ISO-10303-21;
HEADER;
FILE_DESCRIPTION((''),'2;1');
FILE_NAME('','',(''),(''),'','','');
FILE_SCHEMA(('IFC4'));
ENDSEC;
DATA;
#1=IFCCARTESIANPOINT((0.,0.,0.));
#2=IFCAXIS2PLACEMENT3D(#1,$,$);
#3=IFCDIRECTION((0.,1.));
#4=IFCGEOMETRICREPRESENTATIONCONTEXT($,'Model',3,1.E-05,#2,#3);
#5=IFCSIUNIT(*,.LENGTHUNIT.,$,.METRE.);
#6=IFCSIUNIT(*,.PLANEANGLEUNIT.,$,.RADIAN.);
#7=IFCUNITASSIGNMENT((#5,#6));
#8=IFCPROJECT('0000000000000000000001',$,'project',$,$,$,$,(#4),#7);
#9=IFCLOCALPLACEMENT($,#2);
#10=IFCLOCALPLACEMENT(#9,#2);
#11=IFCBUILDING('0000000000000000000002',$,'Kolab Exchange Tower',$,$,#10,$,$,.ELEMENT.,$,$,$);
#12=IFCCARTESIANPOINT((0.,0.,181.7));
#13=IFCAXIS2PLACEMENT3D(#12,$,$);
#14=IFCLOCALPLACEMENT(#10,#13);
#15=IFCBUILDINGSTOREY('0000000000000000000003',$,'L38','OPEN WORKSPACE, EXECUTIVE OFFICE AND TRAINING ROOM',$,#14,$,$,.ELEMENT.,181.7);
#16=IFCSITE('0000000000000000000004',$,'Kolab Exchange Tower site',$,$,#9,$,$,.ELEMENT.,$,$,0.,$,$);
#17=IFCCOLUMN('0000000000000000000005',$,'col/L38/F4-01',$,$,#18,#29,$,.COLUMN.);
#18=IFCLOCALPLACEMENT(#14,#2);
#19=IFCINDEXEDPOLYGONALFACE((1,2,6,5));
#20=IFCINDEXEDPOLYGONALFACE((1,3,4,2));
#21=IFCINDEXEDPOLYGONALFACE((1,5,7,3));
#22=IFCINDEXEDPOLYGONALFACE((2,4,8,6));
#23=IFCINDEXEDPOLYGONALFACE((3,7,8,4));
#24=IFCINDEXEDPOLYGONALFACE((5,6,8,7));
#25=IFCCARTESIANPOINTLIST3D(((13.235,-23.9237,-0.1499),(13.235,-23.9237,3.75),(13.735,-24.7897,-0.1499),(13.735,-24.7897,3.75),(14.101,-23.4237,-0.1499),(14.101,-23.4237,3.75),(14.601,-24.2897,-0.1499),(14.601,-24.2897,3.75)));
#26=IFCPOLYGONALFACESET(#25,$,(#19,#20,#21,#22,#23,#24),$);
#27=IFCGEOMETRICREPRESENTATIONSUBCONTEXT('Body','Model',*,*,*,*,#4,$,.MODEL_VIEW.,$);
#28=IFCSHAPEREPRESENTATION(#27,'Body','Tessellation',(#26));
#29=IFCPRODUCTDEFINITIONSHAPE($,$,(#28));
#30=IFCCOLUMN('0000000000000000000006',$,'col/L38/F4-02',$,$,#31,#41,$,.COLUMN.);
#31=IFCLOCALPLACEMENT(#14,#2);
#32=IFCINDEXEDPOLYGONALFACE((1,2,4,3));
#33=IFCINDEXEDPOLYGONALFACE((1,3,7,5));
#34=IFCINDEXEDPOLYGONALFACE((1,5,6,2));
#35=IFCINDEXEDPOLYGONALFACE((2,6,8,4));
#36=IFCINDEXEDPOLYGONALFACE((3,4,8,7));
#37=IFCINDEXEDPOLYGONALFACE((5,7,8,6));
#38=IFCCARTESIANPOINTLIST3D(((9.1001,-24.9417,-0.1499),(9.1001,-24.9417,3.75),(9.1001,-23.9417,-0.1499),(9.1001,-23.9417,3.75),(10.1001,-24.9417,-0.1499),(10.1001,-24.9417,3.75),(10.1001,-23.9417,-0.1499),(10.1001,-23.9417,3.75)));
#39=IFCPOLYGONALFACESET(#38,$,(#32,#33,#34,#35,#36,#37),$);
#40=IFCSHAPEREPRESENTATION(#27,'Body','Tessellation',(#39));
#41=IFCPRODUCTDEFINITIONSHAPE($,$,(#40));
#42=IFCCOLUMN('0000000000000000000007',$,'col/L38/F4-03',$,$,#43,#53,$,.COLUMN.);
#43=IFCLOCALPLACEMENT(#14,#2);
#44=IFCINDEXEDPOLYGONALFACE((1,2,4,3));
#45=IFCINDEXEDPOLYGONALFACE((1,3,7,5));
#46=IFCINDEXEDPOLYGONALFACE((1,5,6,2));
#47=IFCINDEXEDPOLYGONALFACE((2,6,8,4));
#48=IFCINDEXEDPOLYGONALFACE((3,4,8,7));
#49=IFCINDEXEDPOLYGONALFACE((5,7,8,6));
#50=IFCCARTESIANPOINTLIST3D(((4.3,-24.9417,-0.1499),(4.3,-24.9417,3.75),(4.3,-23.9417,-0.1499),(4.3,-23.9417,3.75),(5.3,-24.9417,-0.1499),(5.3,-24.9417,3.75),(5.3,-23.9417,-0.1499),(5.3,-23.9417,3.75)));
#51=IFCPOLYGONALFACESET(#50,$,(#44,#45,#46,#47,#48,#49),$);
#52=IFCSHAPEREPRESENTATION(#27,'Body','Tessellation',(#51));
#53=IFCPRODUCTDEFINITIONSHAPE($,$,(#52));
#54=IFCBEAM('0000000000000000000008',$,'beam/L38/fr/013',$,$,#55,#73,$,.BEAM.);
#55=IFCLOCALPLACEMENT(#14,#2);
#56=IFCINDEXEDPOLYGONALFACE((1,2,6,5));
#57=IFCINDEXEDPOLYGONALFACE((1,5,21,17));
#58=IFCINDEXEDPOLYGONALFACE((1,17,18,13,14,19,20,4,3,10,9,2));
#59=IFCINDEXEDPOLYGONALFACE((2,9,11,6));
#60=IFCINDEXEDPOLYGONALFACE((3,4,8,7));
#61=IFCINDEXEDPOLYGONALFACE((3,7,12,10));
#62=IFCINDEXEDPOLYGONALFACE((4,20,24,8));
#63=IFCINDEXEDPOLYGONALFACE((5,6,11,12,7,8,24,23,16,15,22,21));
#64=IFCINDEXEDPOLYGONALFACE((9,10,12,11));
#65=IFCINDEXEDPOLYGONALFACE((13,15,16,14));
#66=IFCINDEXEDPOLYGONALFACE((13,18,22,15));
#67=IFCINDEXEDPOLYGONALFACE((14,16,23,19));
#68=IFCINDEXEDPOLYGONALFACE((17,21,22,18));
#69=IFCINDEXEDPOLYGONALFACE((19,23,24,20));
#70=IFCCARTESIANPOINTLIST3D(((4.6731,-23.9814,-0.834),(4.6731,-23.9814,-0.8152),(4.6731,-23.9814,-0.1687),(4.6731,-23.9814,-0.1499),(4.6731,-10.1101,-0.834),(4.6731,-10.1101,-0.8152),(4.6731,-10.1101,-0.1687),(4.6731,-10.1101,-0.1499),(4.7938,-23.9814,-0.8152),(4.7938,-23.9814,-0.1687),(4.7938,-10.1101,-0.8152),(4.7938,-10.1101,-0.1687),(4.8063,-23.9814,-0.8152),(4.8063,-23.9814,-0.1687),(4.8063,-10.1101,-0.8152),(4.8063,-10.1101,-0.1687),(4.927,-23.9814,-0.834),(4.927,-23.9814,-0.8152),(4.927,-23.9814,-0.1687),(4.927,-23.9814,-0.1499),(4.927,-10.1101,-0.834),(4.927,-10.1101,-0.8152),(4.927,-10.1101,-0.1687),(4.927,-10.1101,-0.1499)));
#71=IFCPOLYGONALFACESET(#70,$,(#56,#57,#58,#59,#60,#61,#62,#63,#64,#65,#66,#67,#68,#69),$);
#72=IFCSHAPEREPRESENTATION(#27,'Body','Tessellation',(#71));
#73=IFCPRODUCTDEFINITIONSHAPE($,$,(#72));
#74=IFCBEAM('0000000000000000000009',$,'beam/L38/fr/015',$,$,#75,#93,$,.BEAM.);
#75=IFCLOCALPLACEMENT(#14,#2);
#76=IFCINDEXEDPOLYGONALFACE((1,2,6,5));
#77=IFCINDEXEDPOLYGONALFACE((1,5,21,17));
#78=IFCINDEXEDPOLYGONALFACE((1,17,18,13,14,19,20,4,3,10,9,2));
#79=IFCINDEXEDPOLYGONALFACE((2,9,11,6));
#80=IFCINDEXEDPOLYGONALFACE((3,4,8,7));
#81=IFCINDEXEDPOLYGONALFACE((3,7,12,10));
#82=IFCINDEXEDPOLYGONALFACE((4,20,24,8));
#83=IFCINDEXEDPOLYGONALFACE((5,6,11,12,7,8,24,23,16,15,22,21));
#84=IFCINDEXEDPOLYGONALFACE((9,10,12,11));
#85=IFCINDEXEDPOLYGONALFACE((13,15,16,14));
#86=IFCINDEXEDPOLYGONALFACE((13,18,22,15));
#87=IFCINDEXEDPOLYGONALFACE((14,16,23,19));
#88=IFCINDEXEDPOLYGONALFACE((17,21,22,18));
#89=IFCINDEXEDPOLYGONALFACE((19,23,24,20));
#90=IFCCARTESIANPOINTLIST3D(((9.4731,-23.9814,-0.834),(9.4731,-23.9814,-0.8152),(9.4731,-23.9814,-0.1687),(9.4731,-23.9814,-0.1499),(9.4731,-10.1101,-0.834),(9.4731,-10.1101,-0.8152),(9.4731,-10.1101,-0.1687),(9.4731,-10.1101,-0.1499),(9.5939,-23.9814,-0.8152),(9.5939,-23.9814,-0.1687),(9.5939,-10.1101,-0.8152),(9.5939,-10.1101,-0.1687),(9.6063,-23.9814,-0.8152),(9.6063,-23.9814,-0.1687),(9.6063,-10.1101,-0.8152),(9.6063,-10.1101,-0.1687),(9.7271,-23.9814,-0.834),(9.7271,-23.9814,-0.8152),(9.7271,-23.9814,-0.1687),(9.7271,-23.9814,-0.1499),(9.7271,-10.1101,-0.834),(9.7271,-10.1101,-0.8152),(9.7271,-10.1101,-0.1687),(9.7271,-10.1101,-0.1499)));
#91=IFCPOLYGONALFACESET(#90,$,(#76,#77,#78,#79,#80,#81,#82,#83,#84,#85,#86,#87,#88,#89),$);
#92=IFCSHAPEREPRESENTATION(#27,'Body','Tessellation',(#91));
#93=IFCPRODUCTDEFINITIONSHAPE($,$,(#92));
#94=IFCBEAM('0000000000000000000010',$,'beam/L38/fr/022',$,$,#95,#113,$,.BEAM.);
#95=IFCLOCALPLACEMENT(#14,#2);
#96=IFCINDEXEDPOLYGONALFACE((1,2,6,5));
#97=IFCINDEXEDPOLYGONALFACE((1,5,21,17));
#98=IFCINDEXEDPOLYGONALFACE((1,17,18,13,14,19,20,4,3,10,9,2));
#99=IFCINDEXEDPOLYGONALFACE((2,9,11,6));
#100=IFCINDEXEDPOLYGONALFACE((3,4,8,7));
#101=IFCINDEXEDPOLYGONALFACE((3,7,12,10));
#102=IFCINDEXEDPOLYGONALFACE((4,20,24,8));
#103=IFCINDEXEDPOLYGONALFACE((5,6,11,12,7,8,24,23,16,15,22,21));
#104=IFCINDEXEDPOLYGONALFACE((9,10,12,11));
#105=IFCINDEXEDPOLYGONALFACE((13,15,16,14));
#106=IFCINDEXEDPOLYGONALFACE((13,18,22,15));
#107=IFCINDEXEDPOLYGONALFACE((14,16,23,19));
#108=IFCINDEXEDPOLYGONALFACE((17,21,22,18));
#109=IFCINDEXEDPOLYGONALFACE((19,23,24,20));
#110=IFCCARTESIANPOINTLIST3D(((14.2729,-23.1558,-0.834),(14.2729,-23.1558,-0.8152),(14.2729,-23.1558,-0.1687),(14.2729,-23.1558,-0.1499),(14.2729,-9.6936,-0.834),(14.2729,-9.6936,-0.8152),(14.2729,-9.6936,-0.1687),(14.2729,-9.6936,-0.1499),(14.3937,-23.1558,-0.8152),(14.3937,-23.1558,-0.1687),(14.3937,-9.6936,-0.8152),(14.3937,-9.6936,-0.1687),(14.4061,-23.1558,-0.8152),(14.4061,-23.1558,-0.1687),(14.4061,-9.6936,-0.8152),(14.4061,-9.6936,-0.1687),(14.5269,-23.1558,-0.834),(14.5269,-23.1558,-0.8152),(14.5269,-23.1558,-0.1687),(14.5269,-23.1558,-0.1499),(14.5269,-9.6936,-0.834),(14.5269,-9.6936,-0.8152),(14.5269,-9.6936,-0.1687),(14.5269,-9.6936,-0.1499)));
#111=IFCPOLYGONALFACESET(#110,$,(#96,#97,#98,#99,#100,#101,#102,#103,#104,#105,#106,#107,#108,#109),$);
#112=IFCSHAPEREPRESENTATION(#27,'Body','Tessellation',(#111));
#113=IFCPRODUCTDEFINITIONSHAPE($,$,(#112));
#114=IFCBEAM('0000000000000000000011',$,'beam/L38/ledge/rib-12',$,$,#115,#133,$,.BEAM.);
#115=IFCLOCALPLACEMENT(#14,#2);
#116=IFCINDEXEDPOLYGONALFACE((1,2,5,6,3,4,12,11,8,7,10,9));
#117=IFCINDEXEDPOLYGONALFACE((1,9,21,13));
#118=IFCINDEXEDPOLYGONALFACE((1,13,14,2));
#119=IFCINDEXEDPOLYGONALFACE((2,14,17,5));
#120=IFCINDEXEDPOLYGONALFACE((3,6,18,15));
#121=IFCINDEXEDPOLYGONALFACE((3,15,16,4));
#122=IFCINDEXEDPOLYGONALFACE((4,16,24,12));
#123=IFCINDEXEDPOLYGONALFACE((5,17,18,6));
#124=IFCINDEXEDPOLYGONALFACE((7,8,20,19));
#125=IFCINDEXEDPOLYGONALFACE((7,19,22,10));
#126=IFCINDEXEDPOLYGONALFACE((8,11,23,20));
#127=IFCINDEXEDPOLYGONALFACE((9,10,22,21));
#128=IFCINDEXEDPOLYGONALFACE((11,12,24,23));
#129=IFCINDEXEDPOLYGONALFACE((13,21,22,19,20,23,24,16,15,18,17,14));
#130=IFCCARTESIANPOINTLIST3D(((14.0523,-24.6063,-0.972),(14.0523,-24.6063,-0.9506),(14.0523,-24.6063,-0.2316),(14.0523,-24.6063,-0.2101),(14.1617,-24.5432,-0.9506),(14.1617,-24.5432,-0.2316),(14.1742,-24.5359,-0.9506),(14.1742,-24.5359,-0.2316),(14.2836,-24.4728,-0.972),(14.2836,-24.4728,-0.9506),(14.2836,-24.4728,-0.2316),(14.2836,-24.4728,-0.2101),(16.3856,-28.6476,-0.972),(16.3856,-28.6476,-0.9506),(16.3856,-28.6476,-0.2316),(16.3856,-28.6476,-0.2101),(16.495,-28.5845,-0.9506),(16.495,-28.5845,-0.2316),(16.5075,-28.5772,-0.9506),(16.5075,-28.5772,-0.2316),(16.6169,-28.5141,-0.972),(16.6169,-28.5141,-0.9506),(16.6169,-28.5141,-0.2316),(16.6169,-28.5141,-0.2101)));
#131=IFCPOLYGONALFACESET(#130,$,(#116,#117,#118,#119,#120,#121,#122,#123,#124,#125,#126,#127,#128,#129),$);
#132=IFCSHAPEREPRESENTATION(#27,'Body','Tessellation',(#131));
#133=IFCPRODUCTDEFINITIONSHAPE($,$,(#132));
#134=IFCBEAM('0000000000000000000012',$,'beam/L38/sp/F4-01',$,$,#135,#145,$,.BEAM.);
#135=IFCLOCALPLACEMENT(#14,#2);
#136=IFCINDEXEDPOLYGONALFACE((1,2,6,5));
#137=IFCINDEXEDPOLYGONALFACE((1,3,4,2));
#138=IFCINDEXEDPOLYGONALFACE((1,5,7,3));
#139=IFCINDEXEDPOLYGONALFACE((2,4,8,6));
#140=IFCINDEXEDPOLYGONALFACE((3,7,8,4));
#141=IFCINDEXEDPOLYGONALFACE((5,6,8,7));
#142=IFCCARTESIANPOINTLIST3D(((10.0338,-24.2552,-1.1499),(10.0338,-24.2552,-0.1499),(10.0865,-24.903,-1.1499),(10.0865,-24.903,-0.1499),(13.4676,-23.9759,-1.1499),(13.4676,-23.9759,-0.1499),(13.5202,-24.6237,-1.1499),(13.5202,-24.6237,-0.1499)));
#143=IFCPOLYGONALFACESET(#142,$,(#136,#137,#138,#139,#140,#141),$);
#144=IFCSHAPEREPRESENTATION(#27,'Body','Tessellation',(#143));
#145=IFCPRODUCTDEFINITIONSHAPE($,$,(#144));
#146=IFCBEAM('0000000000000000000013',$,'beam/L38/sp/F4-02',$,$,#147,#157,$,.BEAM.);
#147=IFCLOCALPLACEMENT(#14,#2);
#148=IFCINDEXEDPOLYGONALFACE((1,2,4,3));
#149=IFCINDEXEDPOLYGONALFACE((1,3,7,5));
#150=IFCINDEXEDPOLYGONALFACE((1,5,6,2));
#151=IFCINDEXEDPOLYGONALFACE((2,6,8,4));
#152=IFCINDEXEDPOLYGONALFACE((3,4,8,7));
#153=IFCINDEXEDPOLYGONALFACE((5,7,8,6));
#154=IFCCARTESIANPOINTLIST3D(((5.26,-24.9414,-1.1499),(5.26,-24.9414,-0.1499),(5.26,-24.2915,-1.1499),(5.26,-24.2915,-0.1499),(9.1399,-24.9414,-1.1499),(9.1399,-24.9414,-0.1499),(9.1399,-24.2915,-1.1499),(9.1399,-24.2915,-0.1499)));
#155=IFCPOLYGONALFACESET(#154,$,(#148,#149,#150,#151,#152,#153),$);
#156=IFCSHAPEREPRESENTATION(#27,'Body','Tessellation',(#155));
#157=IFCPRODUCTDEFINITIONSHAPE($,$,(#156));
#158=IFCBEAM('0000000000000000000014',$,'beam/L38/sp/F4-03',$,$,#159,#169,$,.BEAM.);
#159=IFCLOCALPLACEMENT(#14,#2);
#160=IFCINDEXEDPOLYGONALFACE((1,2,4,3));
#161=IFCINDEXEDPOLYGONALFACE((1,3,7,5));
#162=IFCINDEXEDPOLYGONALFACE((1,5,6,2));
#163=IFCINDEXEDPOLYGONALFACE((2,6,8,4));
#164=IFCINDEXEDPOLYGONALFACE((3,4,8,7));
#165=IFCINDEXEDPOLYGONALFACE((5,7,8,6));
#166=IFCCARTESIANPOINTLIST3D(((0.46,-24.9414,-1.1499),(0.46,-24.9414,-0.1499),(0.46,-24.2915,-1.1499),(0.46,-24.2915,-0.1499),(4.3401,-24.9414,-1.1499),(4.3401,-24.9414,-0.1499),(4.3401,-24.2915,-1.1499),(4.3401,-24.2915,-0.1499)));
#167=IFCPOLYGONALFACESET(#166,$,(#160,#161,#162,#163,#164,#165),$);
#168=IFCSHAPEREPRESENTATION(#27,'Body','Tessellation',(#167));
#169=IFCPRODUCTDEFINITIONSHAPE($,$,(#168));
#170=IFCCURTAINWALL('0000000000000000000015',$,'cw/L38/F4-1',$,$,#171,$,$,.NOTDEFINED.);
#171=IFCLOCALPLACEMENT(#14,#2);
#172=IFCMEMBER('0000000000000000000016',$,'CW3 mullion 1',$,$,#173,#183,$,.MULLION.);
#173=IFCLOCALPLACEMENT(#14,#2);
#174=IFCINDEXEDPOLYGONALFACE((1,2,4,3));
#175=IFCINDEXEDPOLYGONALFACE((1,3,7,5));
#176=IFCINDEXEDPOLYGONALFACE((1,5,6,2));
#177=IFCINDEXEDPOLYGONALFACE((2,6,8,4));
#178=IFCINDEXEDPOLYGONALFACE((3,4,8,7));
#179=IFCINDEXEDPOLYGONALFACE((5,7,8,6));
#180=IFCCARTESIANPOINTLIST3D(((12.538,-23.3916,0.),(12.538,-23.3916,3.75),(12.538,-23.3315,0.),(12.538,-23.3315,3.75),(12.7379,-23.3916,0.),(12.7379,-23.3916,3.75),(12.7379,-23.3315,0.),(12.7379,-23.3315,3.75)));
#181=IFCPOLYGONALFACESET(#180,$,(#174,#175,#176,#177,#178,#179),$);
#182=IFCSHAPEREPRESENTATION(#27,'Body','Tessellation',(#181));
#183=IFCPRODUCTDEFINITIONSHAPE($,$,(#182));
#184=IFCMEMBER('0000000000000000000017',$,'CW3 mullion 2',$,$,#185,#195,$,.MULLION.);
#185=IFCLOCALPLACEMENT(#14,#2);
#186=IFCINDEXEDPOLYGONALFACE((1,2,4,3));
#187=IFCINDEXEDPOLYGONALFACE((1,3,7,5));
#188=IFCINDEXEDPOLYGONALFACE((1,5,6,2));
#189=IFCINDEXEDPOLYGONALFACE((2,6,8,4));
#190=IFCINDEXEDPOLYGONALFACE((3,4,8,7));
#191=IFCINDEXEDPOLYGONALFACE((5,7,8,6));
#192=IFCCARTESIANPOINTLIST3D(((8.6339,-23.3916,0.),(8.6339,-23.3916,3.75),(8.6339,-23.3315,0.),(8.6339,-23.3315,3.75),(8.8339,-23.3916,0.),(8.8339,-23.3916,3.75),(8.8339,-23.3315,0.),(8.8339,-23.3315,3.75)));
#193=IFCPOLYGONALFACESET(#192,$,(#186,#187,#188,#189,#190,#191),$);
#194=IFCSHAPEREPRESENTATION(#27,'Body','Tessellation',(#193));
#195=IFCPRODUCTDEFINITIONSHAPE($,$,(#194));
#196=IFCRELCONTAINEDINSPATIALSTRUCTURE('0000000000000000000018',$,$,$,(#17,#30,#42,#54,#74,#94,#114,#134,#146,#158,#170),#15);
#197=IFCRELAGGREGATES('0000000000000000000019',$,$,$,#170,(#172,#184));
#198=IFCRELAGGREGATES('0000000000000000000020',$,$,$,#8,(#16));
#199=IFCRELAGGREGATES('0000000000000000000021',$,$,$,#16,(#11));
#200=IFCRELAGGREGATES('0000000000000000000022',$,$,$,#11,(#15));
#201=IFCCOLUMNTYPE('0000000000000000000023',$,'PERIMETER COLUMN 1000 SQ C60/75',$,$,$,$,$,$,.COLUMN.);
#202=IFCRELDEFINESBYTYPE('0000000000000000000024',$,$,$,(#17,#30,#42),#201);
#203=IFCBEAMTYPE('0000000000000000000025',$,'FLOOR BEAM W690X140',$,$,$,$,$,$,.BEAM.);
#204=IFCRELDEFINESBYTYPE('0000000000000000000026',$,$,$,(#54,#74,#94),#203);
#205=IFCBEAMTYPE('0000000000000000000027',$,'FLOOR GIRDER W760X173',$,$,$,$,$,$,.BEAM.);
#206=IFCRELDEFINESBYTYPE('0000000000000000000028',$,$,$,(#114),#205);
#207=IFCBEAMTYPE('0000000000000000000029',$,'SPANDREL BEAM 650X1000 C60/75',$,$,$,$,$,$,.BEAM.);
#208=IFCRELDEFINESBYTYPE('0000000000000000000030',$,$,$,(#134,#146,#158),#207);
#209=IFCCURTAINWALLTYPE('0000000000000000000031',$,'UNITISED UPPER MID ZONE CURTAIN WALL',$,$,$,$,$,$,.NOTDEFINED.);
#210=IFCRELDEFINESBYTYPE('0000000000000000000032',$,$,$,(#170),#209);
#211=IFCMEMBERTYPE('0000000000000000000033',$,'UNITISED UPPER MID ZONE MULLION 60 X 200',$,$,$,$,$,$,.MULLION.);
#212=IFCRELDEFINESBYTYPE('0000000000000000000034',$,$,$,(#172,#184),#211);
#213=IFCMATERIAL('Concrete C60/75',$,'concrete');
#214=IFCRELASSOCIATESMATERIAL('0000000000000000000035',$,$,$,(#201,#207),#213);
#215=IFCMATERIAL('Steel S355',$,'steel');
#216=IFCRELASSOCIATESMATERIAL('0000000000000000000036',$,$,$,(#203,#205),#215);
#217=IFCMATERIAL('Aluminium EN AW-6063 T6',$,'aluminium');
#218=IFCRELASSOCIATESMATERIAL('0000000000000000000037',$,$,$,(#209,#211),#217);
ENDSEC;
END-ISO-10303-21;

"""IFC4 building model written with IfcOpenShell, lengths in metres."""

from ifc_helpers import new_model, si_unit, direction, frame, origin, origin_2d, place, context, subcontext, project, spatial, rectangle, i_section, extrude, material, material_profile, profile_set, type_object, element, aggregate, save


model = new_model("IFC4")

# Units and contexts
model_context = context("Model", 3, precision=1e-05, world=origin(), true_north=direction((0.0, 1.0)))
body_context = subcontext(model_context, "Body", "Model", "MODEL_VIEW")
ifc_project = project(units=[si_unit("LENGTHUNIT", "METRE"), si_unit("PLANEANGLEUNIT", "RADIAN")], contexts=[model_context])

# Site, building, storey
site_placement = place(None, origin())
site = spatial("IfcSite", under=ifc_project, at=site_placement, Name="Kolab Exchange Tower site", CompositionType="ELEMENT", RefElevation=0.0)
building_placement = place(site_placement, origin())
building = spatial("IfcBuilding", under=site, at=building_placement, Name="Kolab Exchange Tower", CompositionType="ELEMENT")
storey_placement = place(building_placement, frame((0.0, 0.0, 181.7)))
storey = spatial("IfcBuildingStorey", under=building, at=storey_placement, Name="L38", Description="OPEN WORKSPACE, EXECUTIVE OFFICE AND TRAINING ROOM", CompositionType="ELEMENT", Elevation=181.7)

# Columns
ifc_material_1 = material(Name="Concrete C60/75", Category="concrete")
ifc_material_profile_1 = material_profile(ifc_material_1, rectangle(XDim=1.0, YDim=1.0, at=origin_2d()), Name="RC1000")
ifc_profile_set_1 = profile_set([ifc_material_profile_1], Name="Concrete C60/75")
column_type = type_object("IfcColumnType", Name="PERIMETER COLUMN 1000 SQ C60/75", PredefinedType="COLUMN", material=ifc_profile_set_1)
for number, where, z_axis, x_axis, name in (
    (1, (13.918, -24.1067, -0.1499), (0.0, 0.0, 1.0), (0.866025, 0.5, 0.0), "col/L38/F4-01"),
    (2, (9.6001, -24.4417, -0.1499), (0.0, 0.0, 1.0), (1.0, 0.0, 0.0), "col/L38/F4-02"),
    (3, (4.8, -24.4417, -0.1499), (0.0, 0.0, 1.0), (1.0, 0.0, 0.0), "col/L38/F4-03"),
):
    element("IfcColumn", number, at=place(storey_placement, frame(where, z_axis=z_axis, x_axis=x_axis)), inside=storey, type_object=column_type, Name=name, PredefinedType="COLUMN", context=body_context, shape_type="SweptSolid", body=[
        extrude(rectangle(XDim=1.0, YDim=1.0, at=origin_2d()), origin(), (0.0, 0.0, 1.0), 3.8999),
    ])

# Beams
ifc_material_2 = material(Name="Steel S355", Category="steel")
ifc_material_profile_2 = material_profile(ifc_material_2, i_section(OverallWidth=0.2539, OverallDepth=0.6841, WebThickness=0.0125, FlangeThickness=0.0188, at=origin_2d()), Name="W690X140")
ifc_profile_set_2 = profile_set([ifc_material_profile_2], Name="Steel S355")
beam_type_1 = type_object("IfcBeamType", Name="FLOOR BEAM W690X140", PredefinedType="BEAM", material=ifc_profile_set_2)
for number, where, z_axis, x_axis, name in (
    (4, (4.8, -23.9814, -0.4919), (0.0, 1.0, 0.0), (-1.0, 0.0, 0.0), "beam/L38/fr/013"),
    (5, (9.6001, -23.9814, -0.4919), (0.0, 1.0, 0.0), (-1.0, 0.0, 0.0), "beam/L38/fr/015"),
):
    element("IfcBeam", number, at=place(storey_placement, frame(where, z_axis=z_axis, x_axis=x_axis)), inside=storey, type_object=beam_type_1, Name=name, PredefinedType="BEAM", context=body_context, shape_type="SweptSolid", body=[
        extrude(i_section(OverallWidth=0.2539, OverallDepth=0.6841, WebThickness=0.0125, FlangeThickness=0.0188, at=origin_2d()), origin(), (0.0, 0.0, 1.0), 13.8713),
    ])
beam_1_placement = place(storey_placement, frame((14.3999, -23.1558, -0.4919), z_axis=(0.0, 1.0, 0.0), x_axis=(-1.0, 0.0, 0.0)))
element("IfcBeam", 6, at=beam_1_placement, inside=storey, type_object=beam_type_1, Name="beam/L38/fr/022", PredefinedType="BEAM", context=body_context, shape_type="SweptSolid", body=[
    extrude(i_section(OverallWidth=0.2539, OverallDepth=0.6841, WebThickness=0.0125, FlangeThickness=0.0188, at=origin_2d()), origin(), (0.0, 0.0, 1.0), 13.4622),
])
ifc_material_profile_3 = material_profile(ifc_material_2, i_section(OverallWidth=0.2671, OverallDepth=0.762, WebThickness=0.0144, FlangeThickness=0.0215, at=origin_2d()), Name="W760X173")
ifc_profile_set_3 = profile_set([ifc_material_profile_3], Name="Steel S355")
beam_type_2 = type_object("IfcBeamType", Name="FLOOR GIRDER W760X173", PredefinedType="BEAM", material=ifc_profile_set_3)
beam_2_placement = place(storey_placement, frame((14.168, -24.5396, -0.5911), z_axis=(0.500005, -0.866023, 0.0), x_axis=(0.866023, 0.500005, 0.0)))
element("IfcBeam", 7, at=beam_2_placement, inside=storey, type_object=beam_type_2, Name="beam/L38/ledge/rib-12", PredefinedType="BEAM", context=body_context, shape_type="SweptSolid", body=[
    extrude(i_section(OverallWidth=0.2671, OverallDepth=0.762, WebThickness=0.0144, FlangeThickness=0.0215, at=origin_2d()), origin(), (0.0, 0.0, 1.0), 4.6665),
])
ifc_material_profile_4 = material_profile(ifc_material_1, rectangle(XDim=0.6499, YDim=1.0, at=origin_2d()), Name="RC650X1000")
ifc_profile_set_4 = profile_set([ifc_material_profile_4], Name="Concrete C60/75")
beam_type_3 = type_object("IfcBeamType", Name="SPANDREL BEAM 650X1000 C60/75", PredefinedType="BEAM", material=ifc_profile_set_4)
beam_3_placement = place(storey_placement, frame((13.4939, -24.2998, -0.6499), z_axis=(-0.996708, -0.081069, 0.0), x_axis=(0.081069, -0.996708, 0.0)))
element("IfcBeam", 8, at=beam_3_placement, inside=storey, type_object=beam_type_3, Name="beam/L38/sp/F4-01", PredefinedType="BEAM", context=body_context, shape_type="SweptSolid", body=[
    extrude(rectangle(XDim=0.6499, YDim=1.0, at=origin_2d()), origin(), (0.0, 0.0, 1.0), 3.4451),
])
beam_4_placement = place(storey_placement, frame((9.1399, -24.6165, -0.6499), z_axis=(-1.0, 0.0, 0.0), x_axis=(0.0, -1.0, 0.0)))
element("IfcBeam", 9, at=beam_4_placement, inside=storey, type_object=beam_type_3, Name="beam/L38/sp/F4-02", PredefinedType="BEAM", context=body_context, shape_type="SweptSolid", body=[
    extrude(rectangle(XDim=0.6499, YDim=1.0, at=origin_2d()), origin(), (0.0, 0.0, 1.0), 3.8799),
])
beam_5_placement = place(storey_placement, frame((4.3401, -24.6165, -0.6499), z_axis=(-1.0, 0.0, 0.0), x_axis=(0.0, -1.0, 0.0)))
element("IfcBeam", 10, at=beam_5_placement, inside=storey, type_object=beam_type_3, Name="beam/L38/sp/F4-03", PredefinedType="BEAM", context=body_context, shape_type="SweptSolid", body=[
    extrude(rectangle(XDim=0.6499, YDim=1.0, at=origin_2d()), origin(), (0.0, 0.0, 1.0), 3.8801),
])

# Curtain wall, members
ifc_material_3 = material(Name="Aluminium EN AW-6063 T6", Category="aluminium")
curtain_wall_type = type_object("IfcCurtainWallType", Name="UNITISED UPPER MID ZONE CURTAIN WALL", PredefinedType="NOTDEFINED", material=ifc_material_3)
curtain_wall_1_placement = place(storey_placement, origin())
curtain_wall_1 = element("IfcCurtainWall", 11, at=curtain_wall_1_placement, inside=storey, type_object=curtain_wall_type, Name="cw/L38/F4-1", PredefinedType="NOTDEFINED")
ifc_material_profile_5 = material_profile(ifc_material_3, rectangle(XDim=0.0601, YDim=0.2, at=origin_2d()), Name="RECT 60X200")
ifc_profile_set_5 = profile_set([ifc_material_profile_5], Name="Aluminium EN AW-6063 T6")
member_type_1 = type_object("IfcMemberType", Name="UNITISED UPPER MID ZONE MULLION 60 X 200", PredefinedType="MULLION", material=ifc_profile_set_5)
member_1_placement = place(storey_placement, frame((12.6379, -23.3616, 0.0), z_axis=(0.0, 0.0, 1.0), x_axis=(0.0, -1.0, 0.0)))
member_1 = element("IfcMember", 12, at=member_1_placement, type_object=member_type_1, Name="CW3 mullion 1", PredefinedType="MULLION", context=body_context, shape_type="SweptSolid", body=[
    extrude(rectangle(XDim=0.0601, YDim=0.2, at=origin_2d()), origin(), (0.0, 0.0, 1.0), 3.75),
])
member_2_placement = place(storey_placement, frame((8.7339, -23.3616, 0.0), z_axis=(0.0, 0.0, 1.0), x_axis=(0.0, -1.0, 0.0)))
member_2 = element("IfcMember", 13, at=member_2_placement, type_object=member_type_1, Name="CW3 mullion 2", PredefinedType="MULLION", context=body_context, shape_type="SweptSolid", body=[
    extrude(rectangle(XDim=0.0601, YDim=0.2, at=origin_2d()), origin(), (0.0, 0.0, 1.0), 3.75),
])

aggregate(curtain_wall_1, [member_1, member_2])

save(model, "model.ifc")
